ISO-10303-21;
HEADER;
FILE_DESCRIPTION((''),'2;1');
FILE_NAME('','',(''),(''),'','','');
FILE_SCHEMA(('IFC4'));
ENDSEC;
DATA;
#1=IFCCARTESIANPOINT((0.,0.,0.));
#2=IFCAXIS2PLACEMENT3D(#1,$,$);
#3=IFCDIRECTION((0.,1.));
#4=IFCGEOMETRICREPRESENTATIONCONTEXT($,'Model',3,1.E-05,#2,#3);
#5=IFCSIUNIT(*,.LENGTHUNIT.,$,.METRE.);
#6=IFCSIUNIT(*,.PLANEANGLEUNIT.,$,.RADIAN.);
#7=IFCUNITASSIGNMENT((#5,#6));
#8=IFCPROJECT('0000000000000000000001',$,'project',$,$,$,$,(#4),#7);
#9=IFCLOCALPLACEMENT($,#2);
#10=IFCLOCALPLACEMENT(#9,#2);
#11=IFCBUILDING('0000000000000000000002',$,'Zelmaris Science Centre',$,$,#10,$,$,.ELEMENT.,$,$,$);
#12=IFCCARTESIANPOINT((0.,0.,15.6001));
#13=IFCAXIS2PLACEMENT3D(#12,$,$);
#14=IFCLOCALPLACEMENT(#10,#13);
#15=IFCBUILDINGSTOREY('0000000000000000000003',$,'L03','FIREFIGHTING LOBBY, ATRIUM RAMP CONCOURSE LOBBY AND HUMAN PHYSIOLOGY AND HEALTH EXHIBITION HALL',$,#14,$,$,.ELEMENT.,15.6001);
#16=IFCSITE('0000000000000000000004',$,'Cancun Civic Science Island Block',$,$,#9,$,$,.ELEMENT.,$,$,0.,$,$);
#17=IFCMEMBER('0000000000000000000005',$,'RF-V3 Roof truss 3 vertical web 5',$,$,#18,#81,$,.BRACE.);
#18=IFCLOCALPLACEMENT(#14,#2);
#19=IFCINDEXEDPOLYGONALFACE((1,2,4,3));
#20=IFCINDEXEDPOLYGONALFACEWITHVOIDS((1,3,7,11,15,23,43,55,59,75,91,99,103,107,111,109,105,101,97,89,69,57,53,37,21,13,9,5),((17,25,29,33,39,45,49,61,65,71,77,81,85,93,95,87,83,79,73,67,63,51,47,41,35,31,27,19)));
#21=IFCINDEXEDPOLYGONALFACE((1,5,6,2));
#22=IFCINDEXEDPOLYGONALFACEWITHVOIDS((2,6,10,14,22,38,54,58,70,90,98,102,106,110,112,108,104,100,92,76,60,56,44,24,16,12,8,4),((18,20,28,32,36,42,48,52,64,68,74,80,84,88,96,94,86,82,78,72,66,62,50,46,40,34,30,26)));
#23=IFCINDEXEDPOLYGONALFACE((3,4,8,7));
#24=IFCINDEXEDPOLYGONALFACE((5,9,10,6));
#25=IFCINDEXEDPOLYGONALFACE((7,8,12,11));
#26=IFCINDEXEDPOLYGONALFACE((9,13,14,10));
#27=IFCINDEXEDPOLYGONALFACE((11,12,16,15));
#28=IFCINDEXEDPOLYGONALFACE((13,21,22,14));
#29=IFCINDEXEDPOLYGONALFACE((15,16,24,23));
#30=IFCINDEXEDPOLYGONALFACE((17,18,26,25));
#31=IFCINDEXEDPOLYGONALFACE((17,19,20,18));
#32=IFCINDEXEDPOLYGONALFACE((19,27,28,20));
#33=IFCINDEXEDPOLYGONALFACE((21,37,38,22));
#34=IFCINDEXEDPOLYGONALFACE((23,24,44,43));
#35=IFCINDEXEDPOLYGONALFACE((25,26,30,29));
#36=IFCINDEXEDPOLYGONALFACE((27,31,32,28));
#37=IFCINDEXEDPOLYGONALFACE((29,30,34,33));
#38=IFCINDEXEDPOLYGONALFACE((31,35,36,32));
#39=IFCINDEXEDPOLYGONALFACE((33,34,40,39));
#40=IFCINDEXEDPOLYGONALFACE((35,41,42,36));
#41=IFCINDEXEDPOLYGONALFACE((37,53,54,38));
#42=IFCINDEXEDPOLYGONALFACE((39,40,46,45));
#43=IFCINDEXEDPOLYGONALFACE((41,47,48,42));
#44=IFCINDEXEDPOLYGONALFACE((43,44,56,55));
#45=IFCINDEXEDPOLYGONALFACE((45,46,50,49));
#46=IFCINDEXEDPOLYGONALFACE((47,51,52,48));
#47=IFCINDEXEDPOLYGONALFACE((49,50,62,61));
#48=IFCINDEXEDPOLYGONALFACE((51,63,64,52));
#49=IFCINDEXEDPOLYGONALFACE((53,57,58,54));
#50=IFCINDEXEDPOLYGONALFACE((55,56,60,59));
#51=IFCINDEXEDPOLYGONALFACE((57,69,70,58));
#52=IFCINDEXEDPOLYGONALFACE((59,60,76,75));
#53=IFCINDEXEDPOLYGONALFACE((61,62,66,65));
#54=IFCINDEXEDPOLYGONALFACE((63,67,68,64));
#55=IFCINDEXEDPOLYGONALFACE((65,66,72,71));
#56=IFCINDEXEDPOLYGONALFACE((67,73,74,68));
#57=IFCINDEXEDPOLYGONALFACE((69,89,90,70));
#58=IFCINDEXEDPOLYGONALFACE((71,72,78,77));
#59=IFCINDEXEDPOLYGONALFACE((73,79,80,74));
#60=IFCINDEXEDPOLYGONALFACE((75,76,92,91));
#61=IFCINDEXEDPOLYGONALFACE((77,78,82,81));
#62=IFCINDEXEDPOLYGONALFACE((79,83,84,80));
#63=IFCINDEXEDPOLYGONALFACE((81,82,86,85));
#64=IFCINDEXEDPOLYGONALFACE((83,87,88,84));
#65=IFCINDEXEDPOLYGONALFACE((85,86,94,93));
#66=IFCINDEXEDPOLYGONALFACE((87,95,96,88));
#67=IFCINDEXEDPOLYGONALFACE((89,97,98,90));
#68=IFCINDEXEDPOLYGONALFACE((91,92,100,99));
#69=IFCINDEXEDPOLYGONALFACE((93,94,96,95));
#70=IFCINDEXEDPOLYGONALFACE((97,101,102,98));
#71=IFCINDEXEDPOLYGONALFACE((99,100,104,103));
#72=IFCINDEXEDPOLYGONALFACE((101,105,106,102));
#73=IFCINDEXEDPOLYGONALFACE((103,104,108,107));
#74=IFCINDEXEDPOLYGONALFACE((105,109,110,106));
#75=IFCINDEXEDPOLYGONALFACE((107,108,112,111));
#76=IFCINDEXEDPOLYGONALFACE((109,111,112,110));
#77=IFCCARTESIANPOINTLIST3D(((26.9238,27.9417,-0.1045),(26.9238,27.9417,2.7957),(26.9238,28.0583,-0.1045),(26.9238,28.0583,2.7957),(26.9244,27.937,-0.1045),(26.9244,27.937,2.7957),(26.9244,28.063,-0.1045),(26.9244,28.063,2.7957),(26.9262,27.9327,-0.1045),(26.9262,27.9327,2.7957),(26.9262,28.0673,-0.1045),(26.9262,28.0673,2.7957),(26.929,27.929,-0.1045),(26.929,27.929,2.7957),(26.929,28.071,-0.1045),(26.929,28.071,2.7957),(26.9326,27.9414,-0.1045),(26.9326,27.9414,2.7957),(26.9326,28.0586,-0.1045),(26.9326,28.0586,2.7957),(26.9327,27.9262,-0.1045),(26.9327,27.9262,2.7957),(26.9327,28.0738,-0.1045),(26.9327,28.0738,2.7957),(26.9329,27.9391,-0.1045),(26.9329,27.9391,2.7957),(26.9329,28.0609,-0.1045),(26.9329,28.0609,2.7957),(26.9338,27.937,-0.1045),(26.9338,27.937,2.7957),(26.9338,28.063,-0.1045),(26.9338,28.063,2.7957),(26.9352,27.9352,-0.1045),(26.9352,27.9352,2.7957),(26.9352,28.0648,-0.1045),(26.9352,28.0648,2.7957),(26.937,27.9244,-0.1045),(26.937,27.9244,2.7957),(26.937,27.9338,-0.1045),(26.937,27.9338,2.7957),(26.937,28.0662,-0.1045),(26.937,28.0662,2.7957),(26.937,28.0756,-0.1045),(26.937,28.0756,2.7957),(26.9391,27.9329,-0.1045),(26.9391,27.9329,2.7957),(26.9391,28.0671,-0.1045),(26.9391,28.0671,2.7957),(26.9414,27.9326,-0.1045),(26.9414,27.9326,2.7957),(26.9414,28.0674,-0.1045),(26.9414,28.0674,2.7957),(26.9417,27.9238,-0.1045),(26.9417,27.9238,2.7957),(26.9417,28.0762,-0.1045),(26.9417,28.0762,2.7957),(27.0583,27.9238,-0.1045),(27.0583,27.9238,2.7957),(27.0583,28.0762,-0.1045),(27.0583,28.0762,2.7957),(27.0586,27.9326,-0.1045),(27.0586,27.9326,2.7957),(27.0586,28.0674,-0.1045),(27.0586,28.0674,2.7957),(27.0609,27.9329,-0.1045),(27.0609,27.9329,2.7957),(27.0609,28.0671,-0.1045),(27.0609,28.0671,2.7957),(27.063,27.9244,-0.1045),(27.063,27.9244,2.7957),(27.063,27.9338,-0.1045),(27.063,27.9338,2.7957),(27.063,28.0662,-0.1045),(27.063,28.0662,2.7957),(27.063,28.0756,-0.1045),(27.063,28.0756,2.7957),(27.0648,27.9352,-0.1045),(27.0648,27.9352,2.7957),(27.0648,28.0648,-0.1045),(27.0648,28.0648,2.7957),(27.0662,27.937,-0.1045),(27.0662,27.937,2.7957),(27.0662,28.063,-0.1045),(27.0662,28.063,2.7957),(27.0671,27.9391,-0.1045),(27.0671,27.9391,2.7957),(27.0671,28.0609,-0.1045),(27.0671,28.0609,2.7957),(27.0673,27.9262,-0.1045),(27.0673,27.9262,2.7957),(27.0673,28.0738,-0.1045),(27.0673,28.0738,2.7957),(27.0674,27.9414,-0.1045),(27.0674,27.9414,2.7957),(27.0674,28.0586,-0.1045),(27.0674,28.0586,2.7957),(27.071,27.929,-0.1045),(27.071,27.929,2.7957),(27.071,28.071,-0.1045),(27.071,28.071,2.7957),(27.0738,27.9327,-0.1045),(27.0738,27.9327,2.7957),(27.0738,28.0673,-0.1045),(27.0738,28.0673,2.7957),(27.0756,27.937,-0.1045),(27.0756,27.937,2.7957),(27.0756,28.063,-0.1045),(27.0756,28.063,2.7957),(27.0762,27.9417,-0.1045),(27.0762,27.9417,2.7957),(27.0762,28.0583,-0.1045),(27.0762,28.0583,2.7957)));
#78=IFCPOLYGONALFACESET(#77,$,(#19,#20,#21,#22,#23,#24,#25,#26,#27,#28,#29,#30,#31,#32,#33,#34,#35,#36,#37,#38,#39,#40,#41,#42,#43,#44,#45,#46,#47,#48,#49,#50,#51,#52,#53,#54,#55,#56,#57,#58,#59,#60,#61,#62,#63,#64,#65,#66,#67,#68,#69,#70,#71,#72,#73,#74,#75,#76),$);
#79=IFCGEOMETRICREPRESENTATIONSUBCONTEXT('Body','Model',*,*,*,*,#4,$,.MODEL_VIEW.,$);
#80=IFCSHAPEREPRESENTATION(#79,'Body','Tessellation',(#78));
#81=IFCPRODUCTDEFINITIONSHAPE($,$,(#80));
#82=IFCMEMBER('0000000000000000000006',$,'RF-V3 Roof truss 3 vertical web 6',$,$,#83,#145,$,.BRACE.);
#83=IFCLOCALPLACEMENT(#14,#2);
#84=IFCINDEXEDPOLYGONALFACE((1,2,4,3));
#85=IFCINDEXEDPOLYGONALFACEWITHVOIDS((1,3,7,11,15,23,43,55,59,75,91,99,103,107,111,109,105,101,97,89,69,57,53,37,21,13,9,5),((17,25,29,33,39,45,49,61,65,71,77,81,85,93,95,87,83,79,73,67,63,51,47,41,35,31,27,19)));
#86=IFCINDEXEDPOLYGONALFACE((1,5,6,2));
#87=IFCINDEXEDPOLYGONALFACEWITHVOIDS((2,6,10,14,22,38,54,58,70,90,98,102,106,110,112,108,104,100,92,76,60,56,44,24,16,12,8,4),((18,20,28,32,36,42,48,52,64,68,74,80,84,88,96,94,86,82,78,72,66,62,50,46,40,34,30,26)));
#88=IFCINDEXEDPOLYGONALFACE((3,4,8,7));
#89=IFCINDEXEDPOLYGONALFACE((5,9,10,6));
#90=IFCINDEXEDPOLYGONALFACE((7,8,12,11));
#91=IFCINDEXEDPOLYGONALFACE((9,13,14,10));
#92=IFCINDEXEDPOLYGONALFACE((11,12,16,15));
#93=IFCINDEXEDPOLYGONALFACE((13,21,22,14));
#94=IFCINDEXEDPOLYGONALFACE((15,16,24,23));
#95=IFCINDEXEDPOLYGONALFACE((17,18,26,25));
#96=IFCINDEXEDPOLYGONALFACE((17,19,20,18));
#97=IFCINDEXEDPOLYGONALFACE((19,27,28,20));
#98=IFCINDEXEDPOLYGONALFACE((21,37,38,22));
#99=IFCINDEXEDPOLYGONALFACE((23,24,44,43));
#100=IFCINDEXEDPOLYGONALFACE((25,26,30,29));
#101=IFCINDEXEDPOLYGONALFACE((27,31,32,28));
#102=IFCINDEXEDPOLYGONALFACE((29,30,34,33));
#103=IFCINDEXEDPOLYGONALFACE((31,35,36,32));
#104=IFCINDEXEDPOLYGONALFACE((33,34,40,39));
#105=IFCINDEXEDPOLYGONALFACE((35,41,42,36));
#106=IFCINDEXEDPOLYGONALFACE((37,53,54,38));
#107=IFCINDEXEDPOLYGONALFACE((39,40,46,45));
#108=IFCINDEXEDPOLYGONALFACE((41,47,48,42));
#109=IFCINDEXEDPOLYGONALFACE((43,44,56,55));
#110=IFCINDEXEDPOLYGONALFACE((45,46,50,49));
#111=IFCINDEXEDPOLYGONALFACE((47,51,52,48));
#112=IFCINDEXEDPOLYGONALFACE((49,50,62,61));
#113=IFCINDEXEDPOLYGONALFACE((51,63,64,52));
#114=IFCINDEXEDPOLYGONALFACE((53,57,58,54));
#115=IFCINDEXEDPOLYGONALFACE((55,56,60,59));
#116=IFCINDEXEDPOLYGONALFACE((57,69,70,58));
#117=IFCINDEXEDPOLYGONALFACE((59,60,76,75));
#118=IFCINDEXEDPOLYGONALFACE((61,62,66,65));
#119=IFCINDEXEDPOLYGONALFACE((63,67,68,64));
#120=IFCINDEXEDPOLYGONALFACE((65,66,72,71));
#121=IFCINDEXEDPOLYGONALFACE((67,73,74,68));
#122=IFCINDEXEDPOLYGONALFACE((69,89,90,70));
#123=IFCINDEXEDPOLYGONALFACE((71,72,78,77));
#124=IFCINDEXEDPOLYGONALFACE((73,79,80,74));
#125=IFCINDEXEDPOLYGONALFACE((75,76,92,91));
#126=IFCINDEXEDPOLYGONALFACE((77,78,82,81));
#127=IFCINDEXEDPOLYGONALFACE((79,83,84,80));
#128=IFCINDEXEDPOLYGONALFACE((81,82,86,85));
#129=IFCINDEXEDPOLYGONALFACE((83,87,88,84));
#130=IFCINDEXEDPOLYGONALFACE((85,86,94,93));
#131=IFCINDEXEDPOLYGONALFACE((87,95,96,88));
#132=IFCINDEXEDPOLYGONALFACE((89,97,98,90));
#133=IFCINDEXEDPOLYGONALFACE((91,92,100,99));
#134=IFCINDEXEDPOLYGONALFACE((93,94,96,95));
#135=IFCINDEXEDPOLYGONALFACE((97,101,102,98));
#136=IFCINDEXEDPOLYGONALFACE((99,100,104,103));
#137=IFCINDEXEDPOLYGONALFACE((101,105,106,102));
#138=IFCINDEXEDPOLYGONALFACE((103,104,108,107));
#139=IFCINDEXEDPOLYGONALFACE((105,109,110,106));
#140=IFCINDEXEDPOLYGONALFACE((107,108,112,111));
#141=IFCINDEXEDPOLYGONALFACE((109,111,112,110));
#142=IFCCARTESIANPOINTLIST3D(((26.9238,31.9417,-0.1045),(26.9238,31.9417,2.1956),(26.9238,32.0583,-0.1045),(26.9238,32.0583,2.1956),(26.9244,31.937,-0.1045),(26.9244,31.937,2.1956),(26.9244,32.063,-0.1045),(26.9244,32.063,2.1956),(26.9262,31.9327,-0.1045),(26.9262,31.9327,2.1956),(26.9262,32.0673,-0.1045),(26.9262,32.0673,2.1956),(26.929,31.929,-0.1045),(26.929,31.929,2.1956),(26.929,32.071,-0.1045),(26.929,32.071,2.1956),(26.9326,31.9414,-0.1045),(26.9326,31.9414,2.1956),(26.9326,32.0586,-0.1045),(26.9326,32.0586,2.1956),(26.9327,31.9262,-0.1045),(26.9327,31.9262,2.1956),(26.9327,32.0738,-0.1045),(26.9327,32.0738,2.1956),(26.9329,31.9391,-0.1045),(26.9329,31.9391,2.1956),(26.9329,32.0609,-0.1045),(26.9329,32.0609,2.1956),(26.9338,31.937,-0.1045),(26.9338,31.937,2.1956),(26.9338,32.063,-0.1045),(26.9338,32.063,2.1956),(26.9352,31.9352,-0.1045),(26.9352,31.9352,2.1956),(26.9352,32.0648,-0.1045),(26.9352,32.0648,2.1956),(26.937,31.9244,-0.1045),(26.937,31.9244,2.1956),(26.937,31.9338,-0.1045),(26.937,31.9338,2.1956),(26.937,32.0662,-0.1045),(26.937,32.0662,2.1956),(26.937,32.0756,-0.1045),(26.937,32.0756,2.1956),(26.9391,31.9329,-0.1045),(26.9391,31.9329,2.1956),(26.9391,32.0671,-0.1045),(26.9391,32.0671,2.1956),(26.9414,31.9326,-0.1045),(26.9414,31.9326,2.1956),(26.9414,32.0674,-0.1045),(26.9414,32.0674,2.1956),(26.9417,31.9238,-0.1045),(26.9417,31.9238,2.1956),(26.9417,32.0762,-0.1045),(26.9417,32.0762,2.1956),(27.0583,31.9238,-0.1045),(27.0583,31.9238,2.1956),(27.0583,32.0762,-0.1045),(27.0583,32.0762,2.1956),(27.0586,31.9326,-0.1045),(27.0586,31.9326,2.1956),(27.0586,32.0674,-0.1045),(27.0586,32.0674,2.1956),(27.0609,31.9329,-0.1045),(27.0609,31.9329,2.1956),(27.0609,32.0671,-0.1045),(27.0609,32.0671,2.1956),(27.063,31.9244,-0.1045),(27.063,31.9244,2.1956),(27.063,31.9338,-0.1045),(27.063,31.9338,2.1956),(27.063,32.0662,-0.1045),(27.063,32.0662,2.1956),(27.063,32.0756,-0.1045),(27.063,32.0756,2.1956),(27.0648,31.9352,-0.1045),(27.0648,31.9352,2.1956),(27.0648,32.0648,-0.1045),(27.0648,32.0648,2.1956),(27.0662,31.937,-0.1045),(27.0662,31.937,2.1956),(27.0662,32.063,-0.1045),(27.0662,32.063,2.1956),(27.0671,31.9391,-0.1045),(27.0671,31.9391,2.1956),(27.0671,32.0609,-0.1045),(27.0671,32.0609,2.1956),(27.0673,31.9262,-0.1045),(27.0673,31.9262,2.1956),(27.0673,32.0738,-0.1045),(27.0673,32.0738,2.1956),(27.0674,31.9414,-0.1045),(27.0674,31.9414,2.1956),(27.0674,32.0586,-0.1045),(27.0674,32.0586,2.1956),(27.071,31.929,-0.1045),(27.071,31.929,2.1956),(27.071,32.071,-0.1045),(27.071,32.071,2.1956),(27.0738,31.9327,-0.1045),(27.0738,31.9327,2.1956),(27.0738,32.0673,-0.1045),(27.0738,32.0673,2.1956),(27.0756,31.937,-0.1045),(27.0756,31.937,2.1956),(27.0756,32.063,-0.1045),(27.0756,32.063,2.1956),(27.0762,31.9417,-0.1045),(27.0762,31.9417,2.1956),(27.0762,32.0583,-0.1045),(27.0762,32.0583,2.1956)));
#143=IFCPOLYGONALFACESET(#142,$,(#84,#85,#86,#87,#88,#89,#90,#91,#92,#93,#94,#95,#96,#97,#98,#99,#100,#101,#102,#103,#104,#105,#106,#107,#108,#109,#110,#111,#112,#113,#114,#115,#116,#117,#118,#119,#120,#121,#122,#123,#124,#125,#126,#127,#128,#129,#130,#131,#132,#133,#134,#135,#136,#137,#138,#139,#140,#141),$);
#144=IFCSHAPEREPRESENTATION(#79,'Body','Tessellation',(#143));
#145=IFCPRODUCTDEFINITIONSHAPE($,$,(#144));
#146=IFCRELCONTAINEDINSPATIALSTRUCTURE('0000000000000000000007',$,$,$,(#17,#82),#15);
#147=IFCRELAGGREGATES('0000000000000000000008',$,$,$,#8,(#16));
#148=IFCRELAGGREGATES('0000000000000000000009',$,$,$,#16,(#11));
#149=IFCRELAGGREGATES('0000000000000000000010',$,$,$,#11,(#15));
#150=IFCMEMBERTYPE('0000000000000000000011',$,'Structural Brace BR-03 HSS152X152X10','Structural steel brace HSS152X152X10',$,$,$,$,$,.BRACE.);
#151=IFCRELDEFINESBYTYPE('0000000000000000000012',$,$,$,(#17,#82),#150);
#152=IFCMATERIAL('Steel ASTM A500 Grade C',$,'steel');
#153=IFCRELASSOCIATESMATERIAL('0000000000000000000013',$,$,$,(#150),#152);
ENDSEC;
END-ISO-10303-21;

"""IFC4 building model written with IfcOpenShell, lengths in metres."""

from ifc_helpers import new_model, si_unit, direction, frame, origin, origin_2d, place, context, subcontext, project, spatial, hollow_rectangle, extrude, material, material_profile, profile_set, type_object, element, save


model = new_model("IFC4")

# Units and contexts
model_context = context("Model", 3, precision=1e-05, world=origin(), true_north=direction((0.0, 1.0)))
body_context = subcontext(model_context, "Body", "Model", "MODEL_VIEW")
ifc_project = project(units=[si_unit("LENGTHUNIT", "METRE"), si_unit("PLANEANGLEUNIT", "RADIAN")], contexts=[model_context])

# Site, building, storey
site_placement = place(None, origin())
site = spatial("IfcSite", under=ifc_project, at=site_placement, Name="Cancun Civic Science Island Block", CompositionType="ELEMENT", RefElevation=0.0)
building_placement = place(site_placement, origin())
building = spatial("IfcBuilding", under=site, at=building_placement, Name="Zelmaris Science Centre", CompositionType="ELEMENT")
storey_placement = place(building_placement, frame((0.0, 0.0, 15.6001)))
storey = spatial("IfcBuildingStorey", under=building, at=storey_placement, Name="L03", Description="FIREFIGHTING LOBBY, ATRIUM RAMP CONCOURSE LOBBY AND HUMAN PHYSIOLOGY AND HEALTH EXHIBITION HALL", CompositionType="ELEMENT", Elevation=15.6001)

# Shared definitions
ifc_material_1 = material(Name="Steel ASTM A500 Grade C", Category="steel")

# Members
ifc_material_profile_1 = material_profile(ifc_material_1, hollow_rectangle(XDim=0.1523, YDim=0.1523, WallThickness=0.0088, InnerFilletRadius=0.0088, OuterFilletRadius=0.0178, at=origin_2d()), Name="HSS152X152X10")
ifc_profile_set_1 = profile_set([ifc_material_profile_1], Name="Steel ASTM A500 Grade C")
member_type_1 = type_object("IfcMemberType", Name="Structural Brace BR-03 HSS152X152X10", Description="Structural steel brace HSS152X152X10", PredefinedType="BRACE", material=ifc_profile_set_1)
member_1_placement = place(storey_placement, frame((27.0, 28.0, -0.1045), z_axis=(0.0, 0.0, 1.0), x_axis=(1.0, 0.0, 0.0)))
element("IfcMember", 1, at=member_1_placement, inside=storey, type_object=member_type_1, Name="RF-V3 Roof truss 3 vertical web 5", PredefinedType="BRACE", context=body_context, shape_type="SweptSolid", body=[
    extrude(hollow_rectangle(XDim=0.1523, YDim=0.1523, WallThickness=0.0088, InnerFilletRadius=0.0088, OuterFilletRadius=0.0178, at=origin_2d()), origin(), (0.0, 0.0, 1.0), 2.9001),
])
member_2_placement = place(storey_placement, frame((27.0, 32.0, -0.1045), z_axis=(0.0, 0.0, 1.0), x_axis=(1.0, 0.0, 0.0)))
element("IfcMember", 2, at=member_2_placement, inside=storey, type_object=member_type_1, Name="RF-V3 Roof truss 3 vertical web 6", PredefinedType="BRACE", context=body_context, shape_type="SweptSolid", body=[
    extrude(hollow_rectangle(XDim=0.1523, YDim=0.1523, WallThickness=0.0088, InnerFilletRadius=0.0088, OuterFilletRadius=0.0178, at=origin_2d()), origin(), (0.0, 0.0, 1.0), 2.3),
])

save(model, "model.ifc")
